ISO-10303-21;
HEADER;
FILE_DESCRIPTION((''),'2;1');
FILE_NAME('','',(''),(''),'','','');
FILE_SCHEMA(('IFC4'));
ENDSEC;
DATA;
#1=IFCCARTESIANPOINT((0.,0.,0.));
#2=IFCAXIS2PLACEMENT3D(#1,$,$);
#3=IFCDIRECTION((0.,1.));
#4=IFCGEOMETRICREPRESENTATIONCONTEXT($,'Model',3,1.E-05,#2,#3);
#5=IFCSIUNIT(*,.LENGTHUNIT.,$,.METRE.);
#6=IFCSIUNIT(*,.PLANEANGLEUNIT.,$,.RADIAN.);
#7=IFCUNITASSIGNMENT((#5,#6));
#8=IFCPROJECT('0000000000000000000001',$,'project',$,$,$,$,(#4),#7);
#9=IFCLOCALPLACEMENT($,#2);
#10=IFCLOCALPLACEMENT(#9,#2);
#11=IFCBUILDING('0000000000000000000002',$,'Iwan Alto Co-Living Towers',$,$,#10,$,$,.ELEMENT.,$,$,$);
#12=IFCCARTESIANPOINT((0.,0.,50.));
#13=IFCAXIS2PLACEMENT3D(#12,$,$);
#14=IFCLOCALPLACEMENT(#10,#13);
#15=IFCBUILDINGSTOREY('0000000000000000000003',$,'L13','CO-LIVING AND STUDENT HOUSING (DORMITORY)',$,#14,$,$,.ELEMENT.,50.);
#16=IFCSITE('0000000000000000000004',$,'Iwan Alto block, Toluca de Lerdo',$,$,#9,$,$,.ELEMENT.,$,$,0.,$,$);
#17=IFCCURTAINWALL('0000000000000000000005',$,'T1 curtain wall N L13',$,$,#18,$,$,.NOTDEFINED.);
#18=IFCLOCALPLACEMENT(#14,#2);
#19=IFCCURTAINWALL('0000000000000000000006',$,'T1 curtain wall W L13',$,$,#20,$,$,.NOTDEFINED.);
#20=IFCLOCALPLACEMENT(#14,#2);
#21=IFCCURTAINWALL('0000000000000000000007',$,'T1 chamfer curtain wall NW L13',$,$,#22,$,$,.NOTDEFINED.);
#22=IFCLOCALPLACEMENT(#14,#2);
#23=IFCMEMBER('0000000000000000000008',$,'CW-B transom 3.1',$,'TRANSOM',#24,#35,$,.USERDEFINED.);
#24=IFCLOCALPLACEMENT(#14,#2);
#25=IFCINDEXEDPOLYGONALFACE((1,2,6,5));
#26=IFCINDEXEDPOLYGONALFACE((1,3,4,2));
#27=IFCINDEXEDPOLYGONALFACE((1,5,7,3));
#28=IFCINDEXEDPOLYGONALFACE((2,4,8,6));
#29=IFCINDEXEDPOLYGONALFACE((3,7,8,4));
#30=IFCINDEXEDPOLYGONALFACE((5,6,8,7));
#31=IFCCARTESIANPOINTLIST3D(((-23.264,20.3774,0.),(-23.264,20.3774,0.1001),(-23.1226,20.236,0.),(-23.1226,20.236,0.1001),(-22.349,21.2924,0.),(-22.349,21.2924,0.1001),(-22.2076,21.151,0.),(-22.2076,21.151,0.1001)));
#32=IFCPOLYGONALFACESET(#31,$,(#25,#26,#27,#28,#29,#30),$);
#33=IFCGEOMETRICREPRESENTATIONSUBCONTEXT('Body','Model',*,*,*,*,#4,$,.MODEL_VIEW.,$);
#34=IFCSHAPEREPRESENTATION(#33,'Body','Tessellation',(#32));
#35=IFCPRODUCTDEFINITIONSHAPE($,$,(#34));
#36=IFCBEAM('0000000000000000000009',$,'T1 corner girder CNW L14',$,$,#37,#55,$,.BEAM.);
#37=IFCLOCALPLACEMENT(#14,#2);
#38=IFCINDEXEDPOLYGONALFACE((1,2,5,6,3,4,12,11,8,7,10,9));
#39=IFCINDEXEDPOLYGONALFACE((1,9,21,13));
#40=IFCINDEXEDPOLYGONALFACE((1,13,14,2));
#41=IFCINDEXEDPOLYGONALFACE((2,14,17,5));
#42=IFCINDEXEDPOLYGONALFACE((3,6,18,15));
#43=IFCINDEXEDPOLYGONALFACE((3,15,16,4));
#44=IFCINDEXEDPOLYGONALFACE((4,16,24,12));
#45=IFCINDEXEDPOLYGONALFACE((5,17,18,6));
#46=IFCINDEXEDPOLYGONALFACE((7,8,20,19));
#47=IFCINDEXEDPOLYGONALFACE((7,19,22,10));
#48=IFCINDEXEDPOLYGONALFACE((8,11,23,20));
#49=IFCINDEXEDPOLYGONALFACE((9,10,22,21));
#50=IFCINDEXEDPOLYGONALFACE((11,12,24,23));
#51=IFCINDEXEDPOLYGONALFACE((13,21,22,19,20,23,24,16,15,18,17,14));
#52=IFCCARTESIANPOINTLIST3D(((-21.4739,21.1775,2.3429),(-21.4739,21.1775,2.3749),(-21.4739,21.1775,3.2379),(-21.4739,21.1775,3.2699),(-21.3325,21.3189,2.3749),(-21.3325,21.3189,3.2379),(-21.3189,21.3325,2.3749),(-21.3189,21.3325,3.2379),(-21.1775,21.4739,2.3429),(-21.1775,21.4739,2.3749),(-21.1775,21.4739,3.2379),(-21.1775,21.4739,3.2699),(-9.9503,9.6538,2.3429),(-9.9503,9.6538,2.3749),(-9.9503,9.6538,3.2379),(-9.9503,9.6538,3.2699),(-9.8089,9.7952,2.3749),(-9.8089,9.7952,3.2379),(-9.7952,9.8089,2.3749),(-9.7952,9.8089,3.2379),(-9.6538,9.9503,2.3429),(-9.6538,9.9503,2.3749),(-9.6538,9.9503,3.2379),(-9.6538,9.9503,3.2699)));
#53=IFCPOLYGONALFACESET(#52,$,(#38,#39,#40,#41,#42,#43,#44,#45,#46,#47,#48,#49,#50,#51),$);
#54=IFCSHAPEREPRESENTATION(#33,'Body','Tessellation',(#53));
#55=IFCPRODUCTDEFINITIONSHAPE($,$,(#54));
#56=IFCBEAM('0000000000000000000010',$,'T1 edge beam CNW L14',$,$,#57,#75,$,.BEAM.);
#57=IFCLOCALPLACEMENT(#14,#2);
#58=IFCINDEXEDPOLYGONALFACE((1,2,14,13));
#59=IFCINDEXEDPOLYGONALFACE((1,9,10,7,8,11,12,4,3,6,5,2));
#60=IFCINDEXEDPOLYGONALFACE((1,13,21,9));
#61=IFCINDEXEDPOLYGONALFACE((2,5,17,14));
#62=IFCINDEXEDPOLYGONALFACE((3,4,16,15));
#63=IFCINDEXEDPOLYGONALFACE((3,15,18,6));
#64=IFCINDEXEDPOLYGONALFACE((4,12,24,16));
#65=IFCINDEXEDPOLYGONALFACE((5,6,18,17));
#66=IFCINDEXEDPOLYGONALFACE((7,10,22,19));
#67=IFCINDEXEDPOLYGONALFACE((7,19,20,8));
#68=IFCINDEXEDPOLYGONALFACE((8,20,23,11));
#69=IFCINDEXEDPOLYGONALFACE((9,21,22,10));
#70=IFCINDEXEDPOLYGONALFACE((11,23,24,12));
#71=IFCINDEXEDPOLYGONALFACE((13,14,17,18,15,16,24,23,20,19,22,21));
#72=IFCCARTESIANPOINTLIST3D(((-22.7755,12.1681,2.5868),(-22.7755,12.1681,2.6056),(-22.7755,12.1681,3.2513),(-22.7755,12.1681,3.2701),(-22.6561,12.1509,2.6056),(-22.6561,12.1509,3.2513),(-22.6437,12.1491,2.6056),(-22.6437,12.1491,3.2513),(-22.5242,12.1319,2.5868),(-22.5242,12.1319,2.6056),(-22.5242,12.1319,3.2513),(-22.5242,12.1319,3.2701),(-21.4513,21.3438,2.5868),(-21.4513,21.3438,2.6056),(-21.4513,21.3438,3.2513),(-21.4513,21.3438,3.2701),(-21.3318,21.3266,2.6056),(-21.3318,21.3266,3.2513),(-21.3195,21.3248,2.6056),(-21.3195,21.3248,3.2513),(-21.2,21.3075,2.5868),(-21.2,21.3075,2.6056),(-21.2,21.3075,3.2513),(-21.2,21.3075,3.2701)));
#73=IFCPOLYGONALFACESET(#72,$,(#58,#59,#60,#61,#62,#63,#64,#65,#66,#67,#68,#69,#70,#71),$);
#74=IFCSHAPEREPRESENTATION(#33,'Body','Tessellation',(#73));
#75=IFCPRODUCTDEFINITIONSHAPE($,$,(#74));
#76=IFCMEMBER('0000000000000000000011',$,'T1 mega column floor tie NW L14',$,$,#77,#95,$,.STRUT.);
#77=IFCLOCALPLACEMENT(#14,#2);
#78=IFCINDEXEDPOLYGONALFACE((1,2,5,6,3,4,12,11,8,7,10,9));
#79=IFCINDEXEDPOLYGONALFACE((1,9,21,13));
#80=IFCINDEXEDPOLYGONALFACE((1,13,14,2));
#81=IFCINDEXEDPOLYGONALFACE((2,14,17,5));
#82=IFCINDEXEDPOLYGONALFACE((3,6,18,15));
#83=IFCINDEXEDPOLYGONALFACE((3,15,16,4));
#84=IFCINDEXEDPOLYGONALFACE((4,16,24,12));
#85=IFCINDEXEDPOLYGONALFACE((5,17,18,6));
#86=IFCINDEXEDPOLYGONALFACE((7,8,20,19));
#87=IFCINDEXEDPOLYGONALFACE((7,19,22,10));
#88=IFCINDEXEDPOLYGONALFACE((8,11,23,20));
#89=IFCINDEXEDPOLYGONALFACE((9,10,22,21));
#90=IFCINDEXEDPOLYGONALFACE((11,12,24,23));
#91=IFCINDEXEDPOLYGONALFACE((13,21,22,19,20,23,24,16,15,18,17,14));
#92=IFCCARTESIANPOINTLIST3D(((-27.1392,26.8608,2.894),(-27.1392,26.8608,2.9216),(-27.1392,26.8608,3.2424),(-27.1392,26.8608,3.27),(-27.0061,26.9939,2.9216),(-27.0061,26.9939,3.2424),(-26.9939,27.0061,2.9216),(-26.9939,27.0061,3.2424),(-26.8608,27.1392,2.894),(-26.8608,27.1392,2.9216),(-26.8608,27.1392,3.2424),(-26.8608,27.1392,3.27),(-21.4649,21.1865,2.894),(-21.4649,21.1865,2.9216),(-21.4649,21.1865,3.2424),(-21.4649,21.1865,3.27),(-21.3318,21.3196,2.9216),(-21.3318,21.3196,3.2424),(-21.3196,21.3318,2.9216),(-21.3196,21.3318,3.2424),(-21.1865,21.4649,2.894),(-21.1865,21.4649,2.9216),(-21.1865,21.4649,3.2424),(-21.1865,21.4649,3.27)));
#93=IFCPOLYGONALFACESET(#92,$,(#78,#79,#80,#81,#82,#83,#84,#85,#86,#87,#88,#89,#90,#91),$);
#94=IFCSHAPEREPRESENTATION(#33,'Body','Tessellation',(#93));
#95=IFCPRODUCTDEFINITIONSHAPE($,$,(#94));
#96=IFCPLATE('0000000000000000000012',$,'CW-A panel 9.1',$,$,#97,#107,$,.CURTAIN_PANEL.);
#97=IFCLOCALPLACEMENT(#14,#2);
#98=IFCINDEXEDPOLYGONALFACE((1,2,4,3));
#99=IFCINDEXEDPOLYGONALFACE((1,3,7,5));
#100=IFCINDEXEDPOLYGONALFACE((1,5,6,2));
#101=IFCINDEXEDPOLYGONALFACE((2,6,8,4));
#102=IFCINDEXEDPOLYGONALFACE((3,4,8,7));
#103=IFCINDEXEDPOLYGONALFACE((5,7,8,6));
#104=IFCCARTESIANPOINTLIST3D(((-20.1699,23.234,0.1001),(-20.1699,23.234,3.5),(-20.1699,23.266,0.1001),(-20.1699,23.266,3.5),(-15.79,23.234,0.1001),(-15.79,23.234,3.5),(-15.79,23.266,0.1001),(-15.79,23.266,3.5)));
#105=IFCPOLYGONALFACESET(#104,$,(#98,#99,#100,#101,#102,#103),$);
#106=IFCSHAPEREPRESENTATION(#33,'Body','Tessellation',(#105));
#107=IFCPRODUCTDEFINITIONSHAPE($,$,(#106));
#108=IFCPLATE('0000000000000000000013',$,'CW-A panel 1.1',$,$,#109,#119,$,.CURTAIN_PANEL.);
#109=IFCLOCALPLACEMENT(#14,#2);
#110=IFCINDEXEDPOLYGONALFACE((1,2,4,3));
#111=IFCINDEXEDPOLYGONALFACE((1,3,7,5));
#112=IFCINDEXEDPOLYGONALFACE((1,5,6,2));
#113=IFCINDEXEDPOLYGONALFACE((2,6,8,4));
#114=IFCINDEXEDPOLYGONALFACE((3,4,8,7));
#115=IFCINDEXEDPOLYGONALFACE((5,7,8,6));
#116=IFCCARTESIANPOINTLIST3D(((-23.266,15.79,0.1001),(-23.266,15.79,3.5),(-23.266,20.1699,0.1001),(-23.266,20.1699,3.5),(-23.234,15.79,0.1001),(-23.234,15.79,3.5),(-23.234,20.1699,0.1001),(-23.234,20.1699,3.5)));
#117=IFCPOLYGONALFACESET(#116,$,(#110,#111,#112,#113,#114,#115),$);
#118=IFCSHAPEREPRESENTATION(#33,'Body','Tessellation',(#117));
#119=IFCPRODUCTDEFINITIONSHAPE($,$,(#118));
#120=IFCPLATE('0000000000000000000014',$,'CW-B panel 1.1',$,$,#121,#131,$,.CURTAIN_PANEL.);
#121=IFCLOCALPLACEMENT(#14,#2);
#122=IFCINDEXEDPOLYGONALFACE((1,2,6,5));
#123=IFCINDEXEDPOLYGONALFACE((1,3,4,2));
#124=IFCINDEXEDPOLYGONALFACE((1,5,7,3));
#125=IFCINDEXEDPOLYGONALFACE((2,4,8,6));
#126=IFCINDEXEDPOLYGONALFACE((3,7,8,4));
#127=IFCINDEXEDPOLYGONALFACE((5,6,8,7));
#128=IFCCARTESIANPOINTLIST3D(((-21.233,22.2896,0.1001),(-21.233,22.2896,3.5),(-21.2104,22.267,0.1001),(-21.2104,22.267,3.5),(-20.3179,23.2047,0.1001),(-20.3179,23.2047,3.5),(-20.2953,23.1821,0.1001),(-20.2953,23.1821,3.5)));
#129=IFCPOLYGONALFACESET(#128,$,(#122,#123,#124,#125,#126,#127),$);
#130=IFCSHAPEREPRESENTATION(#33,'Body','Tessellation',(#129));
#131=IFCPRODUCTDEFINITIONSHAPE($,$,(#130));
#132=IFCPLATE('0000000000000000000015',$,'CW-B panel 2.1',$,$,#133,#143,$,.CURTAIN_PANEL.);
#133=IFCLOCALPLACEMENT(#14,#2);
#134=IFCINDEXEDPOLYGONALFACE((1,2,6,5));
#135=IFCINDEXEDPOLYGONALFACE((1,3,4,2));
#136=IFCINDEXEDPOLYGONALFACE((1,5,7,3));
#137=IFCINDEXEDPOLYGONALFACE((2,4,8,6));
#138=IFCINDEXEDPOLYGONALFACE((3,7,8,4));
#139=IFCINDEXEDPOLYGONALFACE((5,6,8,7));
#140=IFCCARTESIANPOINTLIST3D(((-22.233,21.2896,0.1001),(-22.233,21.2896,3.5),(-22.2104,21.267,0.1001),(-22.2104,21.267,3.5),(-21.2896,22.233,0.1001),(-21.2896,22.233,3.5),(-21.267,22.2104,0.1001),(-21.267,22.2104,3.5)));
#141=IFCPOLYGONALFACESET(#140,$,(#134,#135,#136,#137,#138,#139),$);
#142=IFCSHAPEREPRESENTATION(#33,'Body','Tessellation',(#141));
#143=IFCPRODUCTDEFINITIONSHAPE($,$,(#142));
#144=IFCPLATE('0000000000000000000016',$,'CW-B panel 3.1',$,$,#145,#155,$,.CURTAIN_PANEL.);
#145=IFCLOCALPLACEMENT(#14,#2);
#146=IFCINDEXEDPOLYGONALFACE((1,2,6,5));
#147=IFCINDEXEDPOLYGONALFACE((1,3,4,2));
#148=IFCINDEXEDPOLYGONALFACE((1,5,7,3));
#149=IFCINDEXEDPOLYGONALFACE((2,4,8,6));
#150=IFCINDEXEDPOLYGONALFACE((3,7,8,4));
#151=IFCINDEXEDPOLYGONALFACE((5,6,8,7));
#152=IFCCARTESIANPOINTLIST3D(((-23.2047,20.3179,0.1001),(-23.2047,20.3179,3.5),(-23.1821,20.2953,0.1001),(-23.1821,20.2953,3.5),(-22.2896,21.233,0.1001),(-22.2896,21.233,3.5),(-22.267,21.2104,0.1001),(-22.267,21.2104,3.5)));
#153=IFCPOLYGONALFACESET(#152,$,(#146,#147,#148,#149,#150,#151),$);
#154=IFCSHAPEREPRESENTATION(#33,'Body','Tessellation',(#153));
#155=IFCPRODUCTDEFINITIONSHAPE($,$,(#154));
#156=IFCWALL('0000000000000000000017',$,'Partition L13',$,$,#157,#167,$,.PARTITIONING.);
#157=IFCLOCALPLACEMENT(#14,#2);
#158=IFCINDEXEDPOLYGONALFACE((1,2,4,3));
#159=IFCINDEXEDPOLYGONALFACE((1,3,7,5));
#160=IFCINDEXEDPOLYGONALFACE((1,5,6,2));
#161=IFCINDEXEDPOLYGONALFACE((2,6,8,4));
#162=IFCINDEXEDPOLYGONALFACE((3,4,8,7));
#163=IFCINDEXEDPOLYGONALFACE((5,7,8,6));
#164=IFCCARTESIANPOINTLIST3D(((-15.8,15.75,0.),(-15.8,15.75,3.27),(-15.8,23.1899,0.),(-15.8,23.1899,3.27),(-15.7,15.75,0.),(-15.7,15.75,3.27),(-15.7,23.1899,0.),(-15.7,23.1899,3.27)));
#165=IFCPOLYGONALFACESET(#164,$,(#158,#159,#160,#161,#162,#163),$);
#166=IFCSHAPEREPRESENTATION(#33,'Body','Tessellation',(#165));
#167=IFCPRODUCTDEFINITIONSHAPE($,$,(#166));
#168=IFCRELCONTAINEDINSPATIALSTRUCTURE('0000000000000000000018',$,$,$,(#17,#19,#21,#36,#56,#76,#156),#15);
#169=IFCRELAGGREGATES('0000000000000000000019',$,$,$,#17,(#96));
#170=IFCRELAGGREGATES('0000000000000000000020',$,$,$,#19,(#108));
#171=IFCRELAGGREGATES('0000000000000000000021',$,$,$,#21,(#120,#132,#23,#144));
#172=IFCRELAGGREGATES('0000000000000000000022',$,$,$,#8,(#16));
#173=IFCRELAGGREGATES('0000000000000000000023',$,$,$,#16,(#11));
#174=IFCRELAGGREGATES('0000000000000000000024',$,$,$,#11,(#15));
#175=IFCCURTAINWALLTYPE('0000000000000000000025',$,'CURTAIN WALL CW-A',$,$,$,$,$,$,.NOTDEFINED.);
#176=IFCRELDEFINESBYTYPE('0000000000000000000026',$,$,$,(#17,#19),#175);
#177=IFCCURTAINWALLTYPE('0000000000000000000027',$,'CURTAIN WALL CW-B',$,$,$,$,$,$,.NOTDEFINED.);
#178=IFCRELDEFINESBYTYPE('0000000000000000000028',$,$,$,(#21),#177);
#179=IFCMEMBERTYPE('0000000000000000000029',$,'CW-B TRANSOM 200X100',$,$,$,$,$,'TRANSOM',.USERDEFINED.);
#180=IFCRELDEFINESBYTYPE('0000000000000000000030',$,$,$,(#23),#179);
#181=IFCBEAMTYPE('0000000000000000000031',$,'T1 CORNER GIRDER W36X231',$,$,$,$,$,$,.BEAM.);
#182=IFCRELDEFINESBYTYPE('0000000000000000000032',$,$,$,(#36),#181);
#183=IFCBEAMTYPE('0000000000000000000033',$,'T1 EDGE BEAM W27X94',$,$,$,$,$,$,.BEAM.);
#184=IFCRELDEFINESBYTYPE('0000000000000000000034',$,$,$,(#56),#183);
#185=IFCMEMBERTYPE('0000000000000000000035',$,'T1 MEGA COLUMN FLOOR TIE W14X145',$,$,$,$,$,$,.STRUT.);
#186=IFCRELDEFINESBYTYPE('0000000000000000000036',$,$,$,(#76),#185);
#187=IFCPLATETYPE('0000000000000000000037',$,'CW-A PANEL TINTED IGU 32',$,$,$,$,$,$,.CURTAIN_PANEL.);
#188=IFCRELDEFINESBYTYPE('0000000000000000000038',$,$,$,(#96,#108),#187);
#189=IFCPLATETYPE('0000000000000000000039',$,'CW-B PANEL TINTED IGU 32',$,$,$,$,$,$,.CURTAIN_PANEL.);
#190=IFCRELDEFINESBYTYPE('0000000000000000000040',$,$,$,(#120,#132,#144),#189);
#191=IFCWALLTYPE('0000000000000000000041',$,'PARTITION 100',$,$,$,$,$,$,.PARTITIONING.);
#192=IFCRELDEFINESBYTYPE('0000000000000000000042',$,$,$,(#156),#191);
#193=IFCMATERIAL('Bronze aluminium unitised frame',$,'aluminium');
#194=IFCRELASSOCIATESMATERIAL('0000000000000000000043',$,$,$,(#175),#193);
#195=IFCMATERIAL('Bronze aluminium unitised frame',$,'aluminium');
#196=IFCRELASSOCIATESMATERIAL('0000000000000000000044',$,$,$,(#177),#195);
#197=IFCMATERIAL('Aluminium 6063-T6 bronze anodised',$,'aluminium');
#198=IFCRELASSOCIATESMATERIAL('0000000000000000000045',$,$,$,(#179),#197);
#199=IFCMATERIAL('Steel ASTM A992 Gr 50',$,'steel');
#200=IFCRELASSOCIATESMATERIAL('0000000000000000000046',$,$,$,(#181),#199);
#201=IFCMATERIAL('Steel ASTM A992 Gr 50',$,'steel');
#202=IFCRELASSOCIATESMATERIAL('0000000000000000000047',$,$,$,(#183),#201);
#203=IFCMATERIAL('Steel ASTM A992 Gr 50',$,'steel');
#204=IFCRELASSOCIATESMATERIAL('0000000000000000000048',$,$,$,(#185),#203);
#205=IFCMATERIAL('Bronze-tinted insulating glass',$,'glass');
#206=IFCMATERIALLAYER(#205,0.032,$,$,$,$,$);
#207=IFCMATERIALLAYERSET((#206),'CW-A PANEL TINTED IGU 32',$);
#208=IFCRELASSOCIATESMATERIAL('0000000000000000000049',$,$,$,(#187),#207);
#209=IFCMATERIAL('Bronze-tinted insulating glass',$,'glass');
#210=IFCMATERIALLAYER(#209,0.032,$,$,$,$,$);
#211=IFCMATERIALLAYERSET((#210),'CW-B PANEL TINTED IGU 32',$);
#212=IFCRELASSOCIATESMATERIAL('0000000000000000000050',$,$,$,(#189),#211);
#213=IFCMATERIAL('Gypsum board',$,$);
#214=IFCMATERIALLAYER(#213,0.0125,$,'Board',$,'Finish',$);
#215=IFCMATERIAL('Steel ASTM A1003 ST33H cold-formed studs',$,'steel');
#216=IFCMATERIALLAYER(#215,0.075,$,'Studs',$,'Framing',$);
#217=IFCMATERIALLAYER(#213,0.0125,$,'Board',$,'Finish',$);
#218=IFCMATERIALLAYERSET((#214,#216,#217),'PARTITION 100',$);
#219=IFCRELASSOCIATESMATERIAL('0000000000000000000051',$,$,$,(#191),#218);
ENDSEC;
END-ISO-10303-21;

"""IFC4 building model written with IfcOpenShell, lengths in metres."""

from ifc_helpers import new_model, si_unit, direction, frame, frame_2d, origin, origin_2d, place, context, subcontext, project, spatial, rectangle, i_section, extrude, material, layer, layer_set, material_profile, profile_set, type_object, element, aggregate, save


model = new_model("IFC4")

# Units and contexts
model_context = context("Model", 3, precision=1e-05, world=origin(), true_north=direction((0.0, 1.0)))
body_context = subcontext(model_context, "Body", "Model", "MODEL_VIEW")
ifc_project = project(units=[si_unit("LENGTHUNIT", "METRE"), si_unit("PLANEANGLEUNIT", "RADIAN")], contexts=[model_context])

# Site, building, storey
site_placement = place(None, origin())
site = spatial("IfcSite", under=ifc_project, at=site_placement, Name="Iwan Alto block, Toluca de Lerdo", CompositionType="ELEMENT", RefElevation=0.0)
building_placement = place(site_placement, origin())
building = spatial("IfcBuilding", under=site, at=building_placement, Name="Iwan Alto Co-Living Towers", CompositionType="ELEMENT")
storey_placement = place(building_placement, frame((0.0, 0.0, 50.0)))
storey = spatial("IfcBuildingStorey", under=building, at=storey_placement, Name="L13", Description="CO-LIVING AND STUDENT HOUSING (DORMITORY)", CompositionType="ELEMENT", Elevation=50.0)

# Curtain walls
ifc_material_1 = material(Name="Bronze aluminium unitised frame", Category="aluminium")
curtain_wall_type_1 = type_object("IfcCurtainWallType", Name="CURTAIN WALL CW-A", PredefinedType="NOTDEFINED", material=ifc_material_1)
curtain_wall_1_placement = place(storey_placement, origin())
curtain_wall_1 = element("IfcCurtainWall", 1, at=curtain_wall_1_placement, inside=storey, type_object=curtain_wall_type_1, Name="T1 curtain wall N L13", PredefinedType="NOTDEFINED")
curtain_wall_2_placement = place(storey_placement, origin())
curtain_wall_2 = element("IfcCurtainWall", 2, at=curtain_wall_2_placement, inside=storey, type_object=curtain_wall_type_1, Name="T1 curtain wall W L13", PredefinedType="NOTDEFINED")

# Curtain wall, member
ifc_material_2 = material(Name="Bronze aluminium unitised frame", Category="aluminium")
curtain_wall_type_2 = type_object("IfcCurtainWallType", Name="CURTAIN WALL CW-B", PredefinedType="NOTDEFINED", material=ifc_material_2)
curtain_wall_3_placement = place(storey_placement, origin())
curtain_wall_3 = element("IfcCurtainWall", 3, at=curtain_wall_3_placement, inside=storey, type_object=curtain_wall_type_2, Name="T1 chamfer curtain wall NW L13", PredefinedType="NOTDEFINED")
ifc_material_3 = material(Name="Aluminium 6063-T6 bronze anodised", Category="aluminium")
ifc_material_profile_1 = material_profile(ifc_material_3, rectangle(XDim=0.2, YDim=0.1001, at=origin_2d()), Name="AL 200X100")
ifc_profile_set_1 = profile_set([ifc_material_profile_1], Name="Aluminium 6063-T6 bronze anodised")
member_type_1 = type_object("IfcMemberType", Name="CW-B TRANSOM 200X100", ElementType="TRANSOM", PredefinedType="USERDEFINED", material=ifc_profile_set_1)
member_1_placement = place(storey_placement, frame((-22.2783, 21.2217, 0.05), z_axis=(-0.707107, -0.707107, 0.0), x_axis=(0.707107, -0.707107, 0.0)))
member_1 = element("IfcMember", 4, at=member_1_placement, type_object=member_type_1, Name="CW-B transom 3.1", ObjectType="TRANSOM", PredefinedType="USERDEFINED", context=body_context, shape_type="SweptSolid", body=[
    extrude(rectangle(XDim=0.2, YDim=0.1001, at=origin_2d()), origin(), (0.0, 0.0, 1.0), 1.2939),
])

# Beams
ifc_material_4 = material(Name="Steel ASTM A992 Gr 50", Category="steel")
ifc_material_profile_2 = material_profile(ifc_material_4, i_section(OverallWidth=0.4192, OverallDepth=0.927, WebThickness=0.0193, FlangeThickness=0.032, at=origin_2d()), Name="W36X231")
ifc_profile_set_2 = profile_set([ifc_material_profile_2], Name="Steel ASTM A992 Gr 50")
beam_type_1 = type_object("IfcBeamType", Name="T1 CORNER GIRDER W36X231", PredefinedType="BEAM", material=ifc_profile_set_2)
beam_1_placement = place(storey_placement, frame((-21.3257, 21.3257, 2.8064), z_axis=(0.707107, -0.707107, 0.0), x_axis=(0.707107, 0.707107, 0.0)))
element("IfcBeam", 5, at=beam_1_placement, inside=storey, type_object=beam_type_1, Name="T1 corner girder CNW L14", PredefinedType="BEAM", context=body_context, shape_type="SweptSolid", body=[
    extrude(i_section(OverallWidth=0.4192, OverallDepth=0.927, WebThickness=0.0193, FlangeThickness=0.032, at=origin_2d()), origin(), (0.0, 0.0, 1.0), 16.2969),
])
ifc_material_5 = material(Name="Steel ASTM A992 Gr 50", Category="steel")
ifc_material_profile_3 = material_profile(ifc_material_5, i_section(OverallWidth=0.2539, OverallDepth=0.6833, WebThickness=0.0125, FlangeThickness=0.0188, at=origin_2d()), Name="W27X94")
ifc_profile_set_3 = profile_set([ifc_material_profile_3], Name="Steel ASTM A992 Gr 50")
beam_type_2 = type_object("IfcBeamType", Name="T1 EDGE BEAM W27X94", PredefinedType="BEAM", material=ifc_profile_set_3)
beam_2_placement = place(storey_placement, frame((-21.3257, 21.3257, 2.9285), z_axis=(-0.142837, -0.989746, 0.0), x_axis=(0.989746, -0.142837, 0.0)))
element("IfcBeam", 6, at=beam_2_placement, inside=storey, type_object=beam_type_2, Name="T1 edge beam CNW L14", PredefinedType="BEAM", context=body_context, shape_type="SweptSolid", body=[
    extrude(i_section(OverallWidth=0.2539, OverallDepth=0.6833, WebThickness=0.0125, FlangeThickness=0.0188, at=origin_2d()), origin(), (0.0, 0.0, 1.0), 9.2708),
])

# Member
ifc_material_6 = material(Name="Steel ASTM A992 Gr 50", Category="steel")
ifc_material_profile_4 = material_profile(ifc_material_6, i_section(OverallWidth=0.3938, OverallDepth=0.376, WebThickness=0.0173, FlangeThickness=0.0276, at=origin_2d()), Name="W14X145")
ifc_profile_set_4 = profile_set([ifc_material_profile_4], Name="Steel ASTM A992 Gr 50")
member_type_2 = type_object("IfcMemberType", Name="T1 MEGA COLUMN FLOOR TIE W14X145", PredefinedType="STRUT", material=ifc_profile_set_4)
member_2_placement = place(storey_placement, frame((-27.0, 27.0, 3.082), z_axis=(0.707107, -0.707107, 0.0), x_axis=(0.707107, 0.707107, 0.0)))
element("IfcMember", 7, at=member_2_placement, inside=storey, type_object=member_type_2, Name="T1 mega column floor tie NW L14", PredefinedType="STRUT", context=body_context, shape_type="SweptSolid", body=[
    extrude(i_section(OverallWidth=0.3938, OverallDepth=0.376, WebThickness=0.0173, FlangeThickness=0.0276, at=origin_2d()), origin(), (0.0, 0.0, 1.0), 8.0247),
])

# Plates
ifc_material_7 = material(Name="Bronze-tinted insulating glass", Category="glass")
ifc_layer_1 = layer(ifc_material_7, 0.032)
ifc_layer_set_1 = layer_set([ifc_layer_1], Name="CW-A PANEL TINTED IGU 32")
plate_type_1 = type_object("IfcPlateType", Name="CW-A PANEL TINTED IGU 32", PredefinedType="CURTAIN_PANEL", material=ifc_layer_set_1)
plate_1_placement = place(storey_placement, frame((-17.98, 23.25, 0.1001), z_axis=(0.0, 0.0, 1.0), x_axis=(-1.0, 0.0, 0.0)))
plate_1 = element("IfcPlate", 8, at=plate_1_placement, type_object=plate_type_1, Name="CW-A panel 9.1", PredefinedType="CURTAIN_PANEL", context=body_context, shape_type="SweptSolid", body=[
    extrude(rectangle(XDim=4.3799, YDim=0.032, at=origin_2d()), origin(), (0.0, 0.0, 1.0), 3.3999),
])
aggregate(curtain_wall_1, [plate_1])
plate_2_placement = place(storey_placement, frame((-23.25, 17.98, 0.1001), z_axis=(0.0, 0.0, 1.0), x_axis=(0.0, -1.0, 0.0)))
plate_2 = element("IfcPlate", 9, at=plate_2_placement, type_object=plate_type_1, Name="CW-A panel 1.1", PredefinedType="CURTAIN_PANEL", context=body_context, shape_type="SweptSolid", body=[
    extrude(rectangle(XDim=4.3799, YDim=0.032, at=origin_2d()), origin(), (0.0, 0.0, 1.0), 3.3999),
])
aggregate(curtain_wall_2, [plate_2])
ifc_material_8 = material(Name="Bronze-tinted insulating glass", Category="glass")
ifc_layer_2 = layer(ifc_material_8, 0.032)
ifc_layer_set_2 = layer_set([ifc_layer_2], Name="CW-B PANEL TINTED IGU 32")
plate_type_2 = type_object("IfcPlateType", Name="CW-B PANEL TINTED IGU 32", PredefinedType="CURTAIN_PANEL", material=ifc_layer_set_2)
plate_3_placement = place(storey_placement, frame((-20.7642, 22.7358, 0.1001), z_axis=(0.0, 0.0, 1.0), x_axis=(-0.707107, -0.707107, 0.0)))
plate_3 = element("IfcPlate", 10, at=plate_3_placement, type_object=plate_type_2, Name="CW-B panel 1.1", PredefinedType="CURTAIN_PANEL", context=body_context, shape_type="SweptSolid", body=[
    extrude(rectangle(XDim=1.2942, YDim=0.032, at=origin_2d()), origin(), (0.0, 0.0, 1.0), 3.3999),
])
plate_4_placement = place(storey_placement, frame((-21.75, 21.75, 0.1001), z_axis=(0.0, 0.0, 1.0), x_axis=(-0.707107, -0.707107, 0.0)))
plate_4 = element("IfcPlate", 11, at=plate_4_placement, type_object=plate_type_2, Name="CW-B panel 2.1", PredefinedType="CURTAIN_PANEL", context=body_context, shape_type="SweptSolid", body=[
    extrude(rectangle(XDim=1.3342, YDim=0.032, at=origin_2d()), origin(), (0.0, 0.0, 1.0), 3.3999),
])
plate_5_placement = place(storey_placement, frame((-22.7358, 20.7642, 0.1001), z_axis=(0.0, 0.0, 1.0), x_axis=(-0.707107, -0.707107, 0.0)))
plate_5 = element("IfcPlate", 12, at=plate_5_placement, type_object=plate_type_2, Name="CW-B panel 3.1", PredefinedType="CURTAIN_PANEL", context=body_context, shape_type="SweptSolid", body=[
    extrude(rectangle(XDim=1.2942, YDim=0.032, at=origin_2d()), origin(), (0.0, 0.0, 1.0), 3.3999),
])
aggregate(curtain_wall_3, [plate_3, plate_4, member_1, plate_5])

# Wall
ifc_material_9 = material(Name="Gypsum board")
ifc_layer_3 = layer(ifc_material_9, 0.0125, Name="Board", Category="Finish")
ifc_material_10 = material(Name="Steel ASTM A1003 ST33H cold-formed studs", Category="steel")
ifc_layer_4 = layer(ifc_material_10, 0.075, Name="Studs", Category="Framing")
ifc_layer_5 = layer(ifc_material_9, 0.0125, Name="Board", Category="Finish")
ifc_layer_set_3 = layer_set([ifc_layer_3, ifc_layer_4, ifc_layer_5], Name="PARTITION 100")
wall_type = type_object("IfcWallType", Name="PARTITION 100", PredefinedType="PARTITIONING", material=ifc_layer_set_3)
wall_placement = place(storey_placement, frame((-15.75, 15.75, 0.0), z_axis=(0.0, 0.0, 1.0), x_axis=(0.0, 1.0, 0.0)))
element("IfcWall", 13, at=wall_placement, inside=storey, type_object=wall_type, Name="Partition L13", PredefinedType="PARTITIONING", context=body_context, shape_type="SweptSolid", body=[
    extrude(rectangle(XDim=7.4399, YDim=0.1001, at=frame_2d((3.72, 0.0))), origin(), (0.0, 0.0, 1.0), 3.27),
])

save(model, "model.ifc")
